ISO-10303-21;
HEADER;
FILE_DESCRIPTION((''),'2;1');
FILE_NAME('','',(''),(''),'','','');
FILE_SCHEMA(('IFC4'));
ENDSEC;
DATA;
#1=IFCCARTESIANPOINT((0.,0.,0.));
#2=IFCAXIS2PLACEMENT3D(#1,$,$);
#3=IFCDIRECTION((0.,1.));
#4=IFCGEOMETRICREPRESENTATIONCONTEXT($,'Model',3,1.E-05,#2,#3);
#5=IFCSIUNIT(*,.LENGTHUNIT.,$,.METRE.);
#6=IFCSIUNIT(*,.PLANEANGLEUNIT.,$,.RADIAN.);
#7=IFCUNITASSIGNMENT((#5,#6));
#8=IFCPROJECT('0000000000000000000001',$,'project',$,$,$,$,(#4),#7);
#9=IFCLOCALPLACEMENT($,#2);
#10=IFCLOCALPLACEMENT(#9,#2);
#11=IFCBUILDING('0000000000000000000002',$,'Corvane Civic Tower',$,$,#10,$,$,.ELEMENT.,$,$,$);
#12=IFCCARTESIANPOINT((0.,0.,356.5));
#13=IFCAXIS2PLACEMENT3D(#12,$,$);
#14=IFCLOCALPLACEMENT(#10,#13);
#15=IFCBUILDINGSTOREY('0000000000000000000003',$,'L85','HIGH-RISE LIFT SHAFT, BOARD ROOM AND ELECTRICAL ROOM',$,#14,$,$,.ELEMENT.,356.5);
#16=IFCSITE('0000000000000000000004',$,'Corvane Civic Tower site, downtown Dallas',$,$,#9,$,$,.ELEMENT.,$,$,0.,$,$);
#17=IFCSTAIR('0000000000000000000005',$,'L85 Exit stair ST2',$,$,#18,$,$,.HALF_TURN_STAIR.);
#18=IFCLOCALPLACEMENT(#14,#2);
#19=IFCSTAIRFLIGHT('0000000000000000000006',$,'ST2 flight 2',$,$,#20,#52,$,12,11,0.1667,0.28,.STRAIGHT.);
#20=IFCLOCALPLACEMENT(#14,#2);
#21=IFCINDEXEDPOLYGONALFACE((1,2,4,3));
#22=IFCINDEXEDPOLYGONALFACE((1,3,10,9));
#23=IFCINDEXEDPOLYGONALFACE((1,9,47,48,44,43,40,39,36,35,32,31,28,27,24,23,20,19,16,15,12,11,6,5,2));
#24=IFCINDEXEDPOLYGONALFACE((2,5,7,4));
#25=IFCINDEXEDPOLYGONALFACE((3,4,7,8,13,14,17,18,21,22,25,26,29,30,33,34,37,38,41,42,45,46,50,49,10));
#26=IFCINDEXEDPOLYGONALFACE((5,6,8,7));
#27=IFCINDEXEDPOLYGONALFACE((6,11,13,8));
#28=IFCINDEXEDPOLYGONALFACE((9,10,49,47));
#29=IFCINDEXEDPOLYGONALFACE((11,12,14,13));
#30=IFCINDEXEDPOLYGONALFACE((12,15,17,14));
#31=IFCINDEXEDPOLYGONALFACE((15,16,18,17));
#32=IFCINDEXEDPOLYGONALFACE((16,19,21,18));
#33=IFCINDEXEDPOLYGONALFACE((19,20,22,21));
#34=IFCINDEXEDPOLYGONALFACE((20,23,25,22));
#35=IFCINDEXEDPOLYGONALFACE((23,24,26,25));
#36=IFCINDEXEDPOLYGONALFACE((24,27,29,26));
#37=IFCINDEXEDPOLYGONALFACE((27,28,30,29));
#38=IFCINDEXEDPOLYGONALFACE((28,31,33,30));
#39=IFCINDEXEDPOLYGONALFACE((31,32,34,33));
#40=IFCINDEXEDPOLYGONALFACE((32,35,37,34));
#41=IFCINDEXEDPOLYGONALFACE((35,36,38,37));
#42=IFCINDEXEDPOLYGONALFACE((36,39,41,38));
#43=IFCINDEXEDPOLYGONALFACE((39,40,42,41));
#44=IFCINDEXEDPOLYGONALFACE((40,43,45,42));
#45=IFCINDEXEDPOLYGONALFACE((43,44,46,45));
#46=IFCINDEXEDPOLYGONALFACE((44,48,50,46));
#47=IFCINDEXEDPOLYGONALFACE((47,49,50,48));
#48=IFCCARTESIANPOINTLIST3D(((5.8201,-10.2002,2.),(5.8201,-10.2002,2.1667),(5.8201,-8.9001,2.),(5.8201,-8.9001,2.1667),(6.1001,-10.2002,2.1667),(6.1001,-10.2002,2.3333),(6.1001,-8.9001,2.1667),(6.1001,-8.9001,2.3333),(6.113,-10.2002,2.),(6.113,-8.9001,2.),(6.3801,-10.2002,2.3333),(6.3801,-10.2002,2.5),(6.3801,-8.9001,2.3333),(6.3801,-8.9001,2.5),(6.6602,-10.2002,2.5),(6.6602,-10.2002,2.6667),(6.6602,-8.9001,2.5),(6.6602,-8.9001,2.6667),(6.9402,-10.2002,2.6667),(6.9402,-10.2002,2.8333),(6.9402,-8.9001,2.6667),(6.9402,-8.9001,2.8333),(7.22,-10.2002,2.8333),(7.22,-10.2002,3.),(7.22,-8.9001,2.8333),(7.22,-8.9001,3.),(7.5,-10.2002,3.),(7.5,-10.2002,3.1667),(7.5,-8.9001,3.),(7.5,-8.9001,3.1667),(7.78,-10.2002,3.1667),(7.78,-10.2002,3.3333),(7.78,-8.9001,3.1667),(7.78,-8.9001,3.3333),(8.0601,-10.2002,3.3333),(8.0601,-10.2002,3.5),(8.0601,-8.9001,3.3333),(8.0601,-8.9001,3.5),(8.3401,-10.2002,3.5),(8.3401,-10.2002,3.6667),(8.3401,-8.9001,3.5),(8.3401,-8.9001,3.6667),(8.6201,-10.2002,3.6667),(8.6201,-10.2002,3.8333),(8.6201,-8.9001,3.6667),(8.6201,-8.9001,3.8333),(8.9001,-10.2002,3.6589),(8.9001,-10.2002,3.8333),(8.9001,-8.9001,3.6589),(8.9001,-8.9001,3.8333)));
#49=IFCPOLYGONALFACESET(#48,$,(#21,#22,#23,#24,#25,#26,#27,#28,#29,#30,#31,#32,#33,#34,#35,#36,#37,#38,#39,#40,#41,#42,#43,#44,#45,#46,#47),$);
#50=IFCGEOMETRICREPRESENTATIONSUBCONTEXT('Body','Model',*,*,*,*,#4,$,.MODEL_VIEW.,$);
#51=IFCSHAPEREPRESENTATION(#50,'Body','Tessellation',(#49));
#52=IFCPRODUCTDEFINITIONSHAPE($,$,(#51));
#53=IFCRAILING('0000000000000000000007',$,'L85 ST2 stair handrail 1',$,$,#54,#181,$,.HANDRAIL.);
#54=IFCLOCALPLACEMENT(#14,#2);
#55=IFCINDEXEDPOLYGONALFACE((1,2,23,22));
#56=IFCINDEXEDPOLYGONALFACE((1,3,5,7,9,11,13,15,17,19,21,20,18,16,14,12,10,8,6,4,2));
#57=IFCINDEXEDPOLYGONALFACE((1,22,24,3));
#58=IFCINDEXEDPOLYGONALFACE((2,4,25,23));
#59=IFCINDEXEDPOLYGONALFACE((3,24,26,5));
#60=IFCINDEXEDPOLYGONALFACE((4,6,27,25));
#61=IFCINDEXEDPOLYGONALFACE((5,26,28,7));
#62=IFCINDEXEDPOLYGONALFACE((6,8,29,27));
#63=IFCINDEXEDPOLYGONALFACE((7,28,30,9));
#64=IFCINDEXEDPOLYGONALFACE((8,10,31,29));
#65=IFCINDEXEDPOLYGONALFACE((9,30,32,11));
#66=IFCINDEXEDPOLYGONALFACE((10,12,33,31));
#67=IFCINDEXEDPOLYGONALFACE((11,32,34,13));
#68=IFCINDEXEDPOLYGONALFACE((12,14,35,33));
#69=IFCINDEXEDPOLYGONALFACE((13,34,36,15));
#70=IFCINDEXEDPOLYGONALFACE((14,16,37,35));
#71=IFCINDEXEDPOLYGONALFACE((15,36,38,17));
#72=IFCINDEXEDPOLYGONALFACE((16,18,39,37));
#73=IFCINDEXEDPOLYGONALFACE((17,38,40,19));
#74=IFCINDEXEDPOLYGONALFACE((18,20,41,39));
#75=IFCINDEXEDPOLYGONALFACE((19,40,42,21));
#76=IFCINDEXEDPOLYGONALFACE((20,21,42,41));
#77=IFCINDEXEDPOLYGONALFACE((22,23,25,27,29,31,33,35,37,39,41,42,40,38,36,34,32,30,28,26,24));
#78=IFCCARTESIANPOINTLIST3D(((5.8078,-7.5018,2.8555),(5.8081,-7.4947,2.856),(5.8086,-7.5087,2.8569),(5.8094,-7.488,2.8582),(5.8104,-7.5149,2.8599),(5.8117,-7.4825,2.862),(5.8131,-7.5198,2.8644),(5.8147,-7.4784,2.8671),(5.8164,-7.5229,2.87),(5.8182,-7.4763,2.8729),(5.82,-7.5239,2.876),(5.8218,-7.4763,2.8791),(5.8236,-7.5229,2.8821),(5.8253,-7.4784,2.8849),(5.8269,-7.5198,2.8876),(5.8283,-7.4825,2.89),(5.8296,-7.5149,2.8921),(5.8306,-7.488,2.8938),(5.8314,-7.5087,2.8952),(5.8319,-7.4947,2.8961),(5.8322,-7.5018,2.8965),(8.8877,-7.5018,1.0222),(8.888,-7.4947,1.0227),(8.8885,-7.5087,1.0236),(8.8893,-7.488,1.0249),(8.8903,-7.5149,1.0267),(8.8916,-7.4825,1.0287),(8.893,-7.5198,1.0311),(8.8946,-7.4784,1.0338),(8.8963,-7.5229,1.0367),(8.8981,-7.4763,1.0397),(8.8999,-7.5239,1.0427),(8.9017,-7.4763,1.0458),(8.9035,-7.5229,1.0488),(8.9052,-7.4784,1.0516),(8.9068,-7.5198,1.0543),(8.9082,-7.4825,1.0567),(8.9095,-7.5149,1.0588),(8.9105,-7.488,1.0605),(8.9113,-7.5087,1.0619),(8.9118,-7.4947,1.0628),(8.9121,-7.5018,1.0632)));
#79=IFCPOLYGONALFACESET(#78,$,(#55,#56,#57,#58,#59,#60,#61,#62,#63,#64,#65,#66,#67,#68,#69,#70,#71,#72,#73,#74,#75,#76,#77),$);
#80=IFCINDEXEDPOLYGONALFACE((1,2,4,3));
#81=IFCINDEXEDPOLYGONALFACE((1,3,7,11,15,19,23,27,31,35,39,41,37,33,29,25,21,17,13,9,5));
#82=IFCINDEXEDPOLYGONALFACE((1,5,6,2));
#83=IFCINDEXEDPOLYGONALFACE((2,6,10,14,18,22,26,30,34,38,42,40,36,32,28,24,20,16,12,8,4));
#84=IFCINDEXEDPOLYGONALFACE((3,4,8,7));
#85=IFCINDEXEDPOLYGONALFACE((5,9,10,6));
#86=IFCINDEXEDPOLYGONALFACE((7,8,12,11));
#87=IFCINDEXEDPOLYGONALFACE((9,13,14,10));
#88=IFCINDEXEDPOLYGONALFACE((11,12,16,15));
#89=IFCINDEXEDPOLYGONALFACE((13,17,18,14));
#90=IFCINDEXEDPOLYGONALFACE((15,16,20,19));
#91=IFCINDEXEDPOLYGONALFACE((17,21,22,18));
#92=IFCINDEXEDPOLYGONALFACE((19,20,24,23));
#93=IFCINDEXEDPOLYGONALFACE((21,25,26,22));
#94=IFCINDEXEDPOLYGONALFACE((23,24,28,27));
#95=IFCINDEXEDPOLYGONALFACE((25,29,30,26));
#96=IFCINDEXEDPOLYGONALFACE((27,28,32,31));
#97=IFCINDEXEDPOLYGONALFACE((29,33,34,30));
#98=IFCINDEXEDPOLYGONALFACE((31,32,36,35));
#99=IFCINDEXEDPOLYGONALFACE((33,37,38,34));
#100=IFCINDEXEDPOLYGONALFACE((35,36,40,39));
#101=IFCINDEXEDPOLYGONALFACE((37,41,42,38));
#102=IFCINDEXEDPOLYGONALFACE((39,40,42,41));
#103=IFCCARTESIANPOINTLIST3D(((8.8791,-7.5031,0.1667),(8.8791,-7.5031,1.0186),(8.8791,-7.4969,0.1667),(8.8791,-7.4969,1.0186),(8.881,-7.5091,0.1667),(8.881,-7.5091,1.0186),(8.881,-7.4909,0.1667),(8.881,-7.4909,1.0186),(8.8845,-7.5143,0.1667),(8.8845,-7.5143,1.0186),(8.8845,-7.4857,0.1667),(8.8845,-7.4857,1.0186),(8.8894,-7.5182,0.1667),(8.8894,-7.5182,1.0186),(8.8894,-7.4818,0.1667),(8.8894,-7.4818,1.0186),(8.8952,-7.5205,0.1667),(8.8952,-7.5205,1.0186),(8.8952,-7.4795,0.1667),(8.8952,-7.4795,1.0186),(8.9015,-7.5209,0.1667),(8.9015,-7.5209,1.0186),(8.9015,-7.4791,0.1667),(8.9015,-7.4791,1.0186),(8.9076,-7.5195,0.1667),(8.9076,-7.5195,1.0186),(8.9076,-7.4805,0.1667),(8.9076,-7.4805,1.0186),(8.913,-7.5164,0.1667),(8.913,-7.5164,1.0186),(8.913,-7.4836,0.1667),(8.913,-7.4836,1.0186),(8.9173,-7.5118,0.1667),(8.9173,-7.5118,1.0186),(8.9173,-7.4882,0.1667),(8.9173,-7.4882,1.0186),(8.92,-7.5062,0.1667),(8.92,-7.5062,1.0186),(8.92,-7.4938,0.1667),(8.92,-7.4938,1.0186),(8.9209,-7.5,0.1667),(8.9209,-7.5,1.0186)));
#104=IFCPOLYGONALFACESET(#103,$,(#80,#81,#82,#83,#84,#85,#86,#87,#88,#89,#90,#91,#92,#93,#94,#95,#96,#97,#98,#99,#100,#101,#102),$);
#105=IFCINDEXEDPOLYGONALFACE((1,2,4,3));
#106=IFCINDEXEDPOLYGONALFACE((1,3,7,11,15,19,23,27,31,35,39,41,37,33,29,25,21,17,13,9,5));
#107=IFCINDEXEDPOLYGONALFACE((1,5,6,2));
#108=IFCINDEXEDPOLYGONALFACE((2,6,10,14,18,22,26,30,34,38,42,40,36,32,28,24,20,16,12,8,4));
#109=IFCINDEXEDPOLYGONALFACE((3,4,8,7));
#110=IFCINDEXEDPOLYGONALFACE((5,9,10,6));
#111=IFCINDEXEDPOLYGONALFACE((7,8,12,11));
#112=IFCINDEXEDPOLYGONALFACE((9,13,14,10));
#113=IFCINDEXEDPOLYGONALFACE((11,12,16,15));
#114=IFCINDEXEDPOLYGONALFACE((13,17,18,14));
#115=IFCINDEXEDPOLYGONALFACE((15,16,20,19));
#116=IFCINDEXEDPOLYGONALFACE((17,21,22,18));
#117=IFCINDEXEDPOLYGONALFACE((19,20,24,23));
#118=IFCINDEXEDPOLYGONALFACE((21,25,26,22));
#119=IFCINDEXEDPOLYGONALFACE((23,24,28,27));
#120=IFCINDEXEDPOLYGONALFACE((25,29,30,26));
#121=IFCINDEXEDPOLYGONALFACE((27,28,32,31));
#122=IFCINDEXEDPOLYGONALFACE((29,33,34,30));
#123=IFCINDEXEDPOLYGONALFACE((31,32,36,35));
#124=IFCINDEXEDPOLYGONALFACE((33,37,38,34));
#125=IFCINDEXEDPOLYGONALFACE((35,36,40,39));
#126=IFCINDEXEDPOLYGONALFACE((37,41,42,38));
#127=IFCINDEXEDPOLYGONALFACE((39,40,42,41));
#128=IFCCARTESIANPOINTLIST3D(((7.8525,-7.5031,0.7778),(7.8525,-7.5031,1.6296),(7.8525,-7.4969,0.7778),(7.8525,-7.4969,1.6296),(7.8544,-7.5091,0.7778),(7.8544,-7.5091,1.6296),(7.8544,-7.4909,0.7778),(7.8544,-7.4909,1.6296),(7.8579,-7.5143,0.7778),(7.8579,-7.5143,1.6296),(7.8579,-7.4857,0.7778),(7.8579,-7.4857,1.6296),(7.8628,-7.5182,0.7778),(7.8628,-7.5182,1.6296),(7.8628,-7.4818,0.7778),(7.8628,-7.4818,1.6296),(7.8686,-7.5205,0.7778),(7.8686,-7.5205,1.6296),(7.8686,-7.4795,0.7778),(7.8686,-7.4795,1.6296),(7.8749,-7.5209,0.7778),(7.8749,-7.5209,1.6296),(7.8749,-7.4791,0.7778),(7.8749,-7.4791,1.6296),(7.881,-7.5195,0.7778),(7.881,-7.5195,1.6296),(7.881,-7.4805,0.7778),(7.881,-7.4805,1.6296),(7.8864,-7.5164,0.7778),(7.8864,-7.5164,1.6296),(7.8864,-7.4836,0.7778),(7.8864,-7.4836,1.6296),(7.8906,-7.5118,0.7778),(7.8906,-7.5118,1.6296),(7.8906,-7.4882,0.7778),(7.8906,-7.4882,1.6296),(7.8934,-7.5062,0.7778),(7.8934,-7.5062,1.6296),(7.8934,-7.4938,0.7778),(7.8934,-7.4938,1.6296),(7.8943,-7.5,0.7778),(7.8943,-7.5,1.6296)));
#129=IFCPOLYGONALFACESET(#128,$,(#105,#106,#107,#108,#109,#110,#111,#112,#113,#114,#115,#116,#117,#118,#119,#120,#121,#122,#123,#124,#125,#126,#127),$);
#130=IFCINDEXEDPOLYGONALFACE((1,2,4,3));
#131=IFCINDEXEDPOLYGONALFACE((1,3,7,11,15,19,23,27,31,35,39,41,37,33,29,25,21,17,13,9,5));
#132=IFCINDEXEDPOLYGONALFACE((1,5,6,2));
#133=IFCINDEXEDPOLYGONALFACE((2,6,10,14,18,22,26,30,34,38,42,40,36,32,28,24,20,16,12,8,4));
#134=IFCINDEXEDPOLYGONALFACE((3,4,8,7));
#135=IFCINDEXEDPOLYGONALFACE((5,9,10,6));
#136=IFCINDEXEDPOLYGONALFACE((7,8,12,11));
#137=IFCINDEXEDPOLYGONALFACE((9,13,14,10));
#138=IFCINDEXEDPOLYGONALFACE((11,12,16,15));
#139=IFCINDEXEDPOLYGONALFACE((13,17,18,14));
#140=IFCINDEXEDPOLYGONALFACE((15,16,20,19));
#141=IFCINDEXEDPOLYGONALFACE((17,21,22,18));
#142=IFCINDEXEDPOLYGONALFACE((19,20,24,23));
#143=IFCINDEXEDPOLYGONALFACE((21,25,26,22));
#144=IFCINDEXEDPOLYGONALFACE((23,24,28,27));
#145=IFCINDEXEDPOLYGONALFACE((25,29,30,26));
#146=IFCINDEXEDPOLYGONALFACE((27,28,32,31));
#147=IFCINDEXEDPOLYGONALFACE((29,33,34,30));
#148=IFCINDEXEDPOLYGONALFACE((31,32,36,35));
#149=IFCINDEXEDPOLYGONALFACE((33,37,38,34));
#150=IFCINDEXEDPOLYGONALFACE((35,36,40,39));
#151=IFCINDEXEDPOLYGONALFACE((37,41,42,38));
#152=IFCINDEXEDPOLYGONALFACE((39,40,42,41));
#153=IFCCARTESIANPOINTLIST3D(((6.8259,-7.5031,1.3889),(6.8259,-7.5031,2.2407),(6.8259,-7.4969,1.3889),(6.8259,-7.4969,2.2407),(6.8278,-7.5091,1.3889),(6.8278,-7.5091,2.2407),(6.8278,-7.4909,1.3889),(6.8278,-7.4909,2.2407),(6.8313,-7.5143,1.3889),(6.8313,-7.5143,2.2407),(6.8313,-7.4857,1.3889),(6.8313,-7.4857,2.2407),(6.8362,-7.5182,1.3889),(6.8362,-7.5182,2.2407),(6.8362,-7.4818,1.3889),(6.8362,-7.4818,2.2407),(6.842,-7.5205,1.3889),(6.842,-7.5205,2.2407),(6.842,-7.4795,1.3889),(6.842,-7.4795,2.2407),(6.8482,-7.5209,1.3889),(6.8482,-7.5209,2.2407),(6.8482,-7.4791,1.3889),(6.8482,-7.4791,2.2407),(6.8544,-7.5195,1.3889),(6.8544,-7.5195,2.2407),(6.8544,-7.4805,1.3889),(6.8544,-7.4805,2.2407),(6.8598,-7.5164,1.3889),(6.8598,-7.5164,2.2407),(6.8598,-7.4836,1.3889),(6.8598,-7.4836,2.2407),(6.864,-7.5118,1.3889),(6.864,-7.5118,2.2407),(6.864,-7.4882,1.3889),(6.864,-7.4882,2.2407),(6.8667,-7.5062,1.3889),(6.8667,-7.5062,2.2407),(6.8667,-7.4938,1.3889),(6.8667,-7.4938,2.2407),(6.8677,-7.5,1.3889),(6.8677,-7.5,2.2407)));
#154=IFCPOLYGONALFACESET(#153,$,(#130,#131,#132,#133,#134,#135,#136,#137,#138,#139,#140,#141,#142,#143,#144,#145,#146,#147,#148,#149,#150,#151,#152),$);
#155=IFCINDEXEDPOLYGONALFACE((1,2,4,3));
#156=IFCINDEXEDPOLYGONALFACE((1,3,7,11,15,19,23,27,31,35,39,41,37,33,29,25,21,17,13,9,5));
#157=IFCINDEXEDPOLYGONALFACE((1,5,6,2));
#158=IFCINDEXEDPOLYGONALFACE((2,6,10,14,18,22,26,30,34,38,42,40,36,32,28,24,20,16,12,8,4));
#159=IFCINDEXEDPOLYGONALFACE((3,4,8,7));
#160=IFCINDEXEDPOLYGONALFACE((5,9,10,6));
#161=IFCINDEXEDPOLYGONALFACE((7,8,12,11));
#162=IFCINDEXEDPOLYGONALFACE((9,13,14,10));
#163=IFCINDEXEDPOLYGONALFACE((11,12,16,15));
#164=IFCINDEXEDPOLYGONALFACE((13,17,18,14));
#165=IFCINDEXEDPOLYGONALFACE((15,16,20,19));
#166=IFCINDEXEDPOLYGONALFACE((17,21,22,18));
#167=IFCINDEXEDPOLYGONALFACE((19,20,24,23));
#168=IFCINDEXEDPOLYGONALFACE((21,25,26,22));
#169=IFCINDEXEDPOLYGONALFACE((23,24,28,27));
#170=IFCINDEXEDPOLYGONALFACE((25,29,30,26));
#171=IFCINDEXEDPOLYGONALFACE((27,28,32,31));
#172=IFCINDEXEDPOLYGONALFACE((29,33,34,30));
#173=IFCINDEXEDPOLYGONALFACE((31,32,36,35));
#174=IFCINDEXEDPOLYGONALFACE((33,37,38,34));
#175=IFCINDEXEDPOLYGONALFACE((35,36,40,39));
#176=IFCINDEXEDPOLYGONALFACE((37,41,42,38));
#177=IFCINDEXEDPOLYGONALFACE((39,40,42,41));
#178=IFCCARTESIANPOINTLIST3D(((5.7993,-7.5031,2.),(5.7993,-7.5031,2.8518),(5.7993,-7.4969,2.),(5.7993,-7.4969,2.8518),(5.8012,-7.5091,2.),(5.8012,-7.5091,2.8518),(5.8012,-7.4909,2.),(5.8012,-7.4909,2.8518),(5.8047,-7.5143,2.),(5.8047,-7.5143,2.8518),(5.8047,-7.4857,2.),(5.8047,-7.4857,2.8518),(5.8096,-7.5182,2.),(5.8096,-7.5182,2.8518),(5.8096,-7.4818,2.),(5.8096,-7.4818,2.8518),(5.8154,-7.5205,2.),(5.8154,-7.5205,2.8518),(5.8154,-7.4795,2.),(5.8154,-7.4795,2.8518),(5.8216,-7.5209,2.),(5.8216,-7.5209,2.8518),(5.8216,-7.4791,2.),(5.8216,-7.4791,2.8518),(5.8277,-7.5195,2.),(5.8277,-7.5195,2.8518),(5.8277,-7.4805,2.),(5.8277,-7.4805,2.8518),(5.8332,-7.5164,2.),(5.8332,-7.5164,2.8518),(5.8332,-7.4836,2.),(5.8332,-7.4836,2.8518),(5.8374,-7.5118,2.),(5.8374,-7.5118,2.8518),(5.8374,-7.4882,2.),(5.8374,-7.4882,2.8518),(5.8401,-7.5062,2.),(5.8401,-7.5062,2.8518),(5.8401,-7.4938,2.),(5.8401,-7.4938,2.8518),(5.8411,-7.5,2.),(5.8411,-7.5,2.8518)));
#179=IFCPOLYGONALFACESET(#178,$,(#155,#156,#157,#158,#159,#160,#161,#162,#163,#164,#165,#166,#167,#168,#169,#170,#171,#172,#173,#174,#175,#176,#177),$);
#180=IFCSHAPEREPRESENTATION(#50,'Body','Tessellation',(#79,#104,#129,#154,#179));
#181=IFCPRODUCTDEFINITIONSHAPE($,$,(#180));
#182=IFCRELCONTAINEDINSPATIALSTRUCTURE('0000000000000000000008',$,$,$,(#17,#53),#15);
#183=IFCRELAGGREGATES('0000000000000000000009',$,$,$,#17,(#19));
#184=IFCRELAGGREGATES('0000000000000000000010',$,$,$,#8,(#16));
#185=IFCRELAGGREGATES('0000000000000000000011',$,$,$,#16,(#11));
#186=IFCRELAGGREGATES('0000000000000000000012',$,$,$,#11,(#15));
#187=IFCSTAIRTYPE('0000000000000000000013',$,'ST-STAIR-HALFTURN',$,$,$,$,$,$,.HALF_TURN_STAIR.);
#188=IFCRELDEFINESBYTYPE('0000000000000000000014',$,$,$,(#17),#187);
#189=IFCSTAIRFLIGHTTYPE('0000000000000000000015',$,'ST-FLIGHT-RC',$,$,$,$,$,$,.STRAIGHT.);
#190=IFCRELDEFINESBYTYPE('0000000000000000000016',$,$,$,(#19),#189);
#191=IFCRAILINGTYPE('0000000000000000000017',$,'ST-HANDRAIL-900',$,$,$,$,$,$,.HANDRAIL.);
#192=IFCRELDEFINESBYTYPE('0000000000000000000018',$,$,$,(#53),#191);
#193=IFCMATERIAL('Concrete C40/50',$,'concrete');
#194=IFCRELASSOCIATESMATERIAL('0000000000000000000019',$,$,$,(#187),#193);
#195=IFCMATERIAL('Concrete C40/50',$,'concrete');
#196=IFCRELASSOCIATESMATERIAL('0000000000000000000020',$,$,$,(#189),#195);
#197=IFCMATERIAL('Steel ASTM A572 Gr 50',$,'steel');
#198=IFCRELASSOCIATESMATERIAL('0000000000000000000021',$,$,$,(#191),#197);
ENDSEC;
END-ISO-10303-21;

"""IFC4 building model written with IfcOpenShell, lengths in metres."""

from ifc_helpers import new_model, si_unit, direction, frame, origin, origin_2d, place, context, subcontext, project, spatial, polyline, circle, outline, extrude, material, type_object, element, aggregate, save


model = new_model("IFC4")

# Units and contexts
model_context = context("Model", 3, precision=1e-05, world=origin(), true_north=direction((0.0, 1.0)))
body_context = subcontext(model_context, "Body", "Model", "MODEL_VIEW")
ifc_project = project(units=[si_unit("LENGTHUNIT", "METRE"), si_unit("PLANEANGLEUNIT", "RADIAN")], contexts=[model_context])

# Site, building, storey
site_placement = place(None, origin())
site = spatial("IfcSite", under=ifc_project, at=site_placement, Name="Corvane Civic Tower site, downtown Dallas", CompositionType="ELEMENT", RefElevation=0.0)
building_placement = place(site_placement, origin())
building = spatial("IfcBuilding", under=site, at=building_placement, Name="Corvane Civic Tower", CompositionType="ELEMENT")
storey_placement = place(building_placement, frame((0.0, 0.0, 356.5)))
storey = spatial("IfcBuildingStorey", under=building, at=storey_placement, Name="L85", Description="HIGH-RISE LIFT SHAFT, BOARD ROOM AND ELECTRICAL ROOM", CompositionType="ELEMENT", Elevation=356.5)

# Stair, stair flight
ifc_material_1 = material(Name="Concrete C40/50", Category="concrete")
stair_type = type_object("IfcStairType", Name="ST-STAIR-HALFTURN", PredefinedType="HALF_TURN_STAIR", material=ifc_material_1)
stair_placement = place(storey_placement, origin())
stair = element("IfcStair", 1, at=stair_placement, inside=storey, type_object=stair_type, Name="L85 Exit stair ST2", PredefinedType="HALF_TURN_STAIR")
ifc_material_2 = material(Name="Concrete C40/50", Category="concrete")
stair_flight_type = type_object("IfcStairFlightType", Name="ST-FLIGHT-RC", PredefinedType="STRAIGHT", material=ifc_material_2)
stair_flight_1_placement = place(storey_placement, frame((5.8201, -9.55, 2.0), z_axis=(0.0, 0.0, 1.0), x_axis=(1.0, 0.0, 0.0)))
stair_flight_1 = element("IfcStairFlight", 2, at=stair_flight_1_placement, type_object=stair_flight_type, Name="ST2 flight 2", NumberOfRisers=12, NumberOfTreads=11, PredefinedType="STRAIGHT", RiserHeight=0.1667, TreadLength=0.28, context=body_context, shape_type="SweptSolid", body=[
    extrude(outline(polyline([(0.0, 0.0), (0.0, 0.1667), (0.28, 0.1667), (0.28, 0.3333), (0.5601, 0.3333), (0.5601, 0.5), (0.8401, 0.5), (0.8401, 0.6667), (1.1201, 0.6667), (1.1201, 0.8333), (1.3999, 0.8333), (1.3999, 1.0), (1.6799, 1.0), (1.6799, 1.1667), (1.96, 1.1667), (1.96, 1.3333), (2.24, 1.3333), (2.24, 1.5), (2.52, 1.5), (2.52, 1.6667), (2.8, 1.6667), (2.8, 1.8333), (3.0801, 1.8333), (3.0801, 2.0), (3.0801, 1.6589), (0.293, 0.0), (0.0, 0.0)])), frame((0.0, 0.6499, 0.0), z_axis=(0.0, -1.0, 0.0), x_axis=(1.0, 0.0, 0.0)), (0.0, 0.0, 1.0), 1.3),
])
aggregate(stair, [stair_flight_1])

# Railing
ifc_material_3 = material(Name="Steel ASTM A572 Gr 50", Category="steel")
railing_type_1 = type_object("IfcRailingType", Name="ST-HANDRAIL-900", PredefinedType="HANDRAIL", material=ifc_material_3)
railing_1_placement = place(storey_placement, frame((8.8999, -7.5, 0.1667)))
element("IfcRailing", 3, at=railing_1_placement, inside=storey, type_object=railing_type_1, Name="L85 ST2 stair handrail 1", PredefinedType="HANDRAIL", context=body_context, shape_type="SweptSolid", body=[
    extrude(circle(Radius=0.0239, at=origin_2d()), frame((0.0, 0.0, 0.876), z_axis=(-0.859291, 0.0, 0.511487), x_axis=(0.0, -1.0, 0.0)), (0.0, 0.0, 1.0), 3.5842),
    extrude(circle(Radius=0.021, at=origin_2d()), origin(), (0.0, 0.0, 1.0), 0.8518),
    extrude(circle(Radius=0.021, at=origin_2d()), frame((-1.0266, 0.0, 0.6111)), (0.0, 0.0, 1.0), 0.8518),
    extrude(circle(Radius=0.021, at=origin_2d()), frame((-2.0532, 0.0, 1.2222)), (0.0, 0.0, 1.0), 0.8518),
    extrude(circle(Radius=0.021, at=origin_2d()), frame((-3.0798, 0.0, 1.8333)), (0.0, 0.0, 1.0), 0.8518),
])

save(model, "model.ifc")
